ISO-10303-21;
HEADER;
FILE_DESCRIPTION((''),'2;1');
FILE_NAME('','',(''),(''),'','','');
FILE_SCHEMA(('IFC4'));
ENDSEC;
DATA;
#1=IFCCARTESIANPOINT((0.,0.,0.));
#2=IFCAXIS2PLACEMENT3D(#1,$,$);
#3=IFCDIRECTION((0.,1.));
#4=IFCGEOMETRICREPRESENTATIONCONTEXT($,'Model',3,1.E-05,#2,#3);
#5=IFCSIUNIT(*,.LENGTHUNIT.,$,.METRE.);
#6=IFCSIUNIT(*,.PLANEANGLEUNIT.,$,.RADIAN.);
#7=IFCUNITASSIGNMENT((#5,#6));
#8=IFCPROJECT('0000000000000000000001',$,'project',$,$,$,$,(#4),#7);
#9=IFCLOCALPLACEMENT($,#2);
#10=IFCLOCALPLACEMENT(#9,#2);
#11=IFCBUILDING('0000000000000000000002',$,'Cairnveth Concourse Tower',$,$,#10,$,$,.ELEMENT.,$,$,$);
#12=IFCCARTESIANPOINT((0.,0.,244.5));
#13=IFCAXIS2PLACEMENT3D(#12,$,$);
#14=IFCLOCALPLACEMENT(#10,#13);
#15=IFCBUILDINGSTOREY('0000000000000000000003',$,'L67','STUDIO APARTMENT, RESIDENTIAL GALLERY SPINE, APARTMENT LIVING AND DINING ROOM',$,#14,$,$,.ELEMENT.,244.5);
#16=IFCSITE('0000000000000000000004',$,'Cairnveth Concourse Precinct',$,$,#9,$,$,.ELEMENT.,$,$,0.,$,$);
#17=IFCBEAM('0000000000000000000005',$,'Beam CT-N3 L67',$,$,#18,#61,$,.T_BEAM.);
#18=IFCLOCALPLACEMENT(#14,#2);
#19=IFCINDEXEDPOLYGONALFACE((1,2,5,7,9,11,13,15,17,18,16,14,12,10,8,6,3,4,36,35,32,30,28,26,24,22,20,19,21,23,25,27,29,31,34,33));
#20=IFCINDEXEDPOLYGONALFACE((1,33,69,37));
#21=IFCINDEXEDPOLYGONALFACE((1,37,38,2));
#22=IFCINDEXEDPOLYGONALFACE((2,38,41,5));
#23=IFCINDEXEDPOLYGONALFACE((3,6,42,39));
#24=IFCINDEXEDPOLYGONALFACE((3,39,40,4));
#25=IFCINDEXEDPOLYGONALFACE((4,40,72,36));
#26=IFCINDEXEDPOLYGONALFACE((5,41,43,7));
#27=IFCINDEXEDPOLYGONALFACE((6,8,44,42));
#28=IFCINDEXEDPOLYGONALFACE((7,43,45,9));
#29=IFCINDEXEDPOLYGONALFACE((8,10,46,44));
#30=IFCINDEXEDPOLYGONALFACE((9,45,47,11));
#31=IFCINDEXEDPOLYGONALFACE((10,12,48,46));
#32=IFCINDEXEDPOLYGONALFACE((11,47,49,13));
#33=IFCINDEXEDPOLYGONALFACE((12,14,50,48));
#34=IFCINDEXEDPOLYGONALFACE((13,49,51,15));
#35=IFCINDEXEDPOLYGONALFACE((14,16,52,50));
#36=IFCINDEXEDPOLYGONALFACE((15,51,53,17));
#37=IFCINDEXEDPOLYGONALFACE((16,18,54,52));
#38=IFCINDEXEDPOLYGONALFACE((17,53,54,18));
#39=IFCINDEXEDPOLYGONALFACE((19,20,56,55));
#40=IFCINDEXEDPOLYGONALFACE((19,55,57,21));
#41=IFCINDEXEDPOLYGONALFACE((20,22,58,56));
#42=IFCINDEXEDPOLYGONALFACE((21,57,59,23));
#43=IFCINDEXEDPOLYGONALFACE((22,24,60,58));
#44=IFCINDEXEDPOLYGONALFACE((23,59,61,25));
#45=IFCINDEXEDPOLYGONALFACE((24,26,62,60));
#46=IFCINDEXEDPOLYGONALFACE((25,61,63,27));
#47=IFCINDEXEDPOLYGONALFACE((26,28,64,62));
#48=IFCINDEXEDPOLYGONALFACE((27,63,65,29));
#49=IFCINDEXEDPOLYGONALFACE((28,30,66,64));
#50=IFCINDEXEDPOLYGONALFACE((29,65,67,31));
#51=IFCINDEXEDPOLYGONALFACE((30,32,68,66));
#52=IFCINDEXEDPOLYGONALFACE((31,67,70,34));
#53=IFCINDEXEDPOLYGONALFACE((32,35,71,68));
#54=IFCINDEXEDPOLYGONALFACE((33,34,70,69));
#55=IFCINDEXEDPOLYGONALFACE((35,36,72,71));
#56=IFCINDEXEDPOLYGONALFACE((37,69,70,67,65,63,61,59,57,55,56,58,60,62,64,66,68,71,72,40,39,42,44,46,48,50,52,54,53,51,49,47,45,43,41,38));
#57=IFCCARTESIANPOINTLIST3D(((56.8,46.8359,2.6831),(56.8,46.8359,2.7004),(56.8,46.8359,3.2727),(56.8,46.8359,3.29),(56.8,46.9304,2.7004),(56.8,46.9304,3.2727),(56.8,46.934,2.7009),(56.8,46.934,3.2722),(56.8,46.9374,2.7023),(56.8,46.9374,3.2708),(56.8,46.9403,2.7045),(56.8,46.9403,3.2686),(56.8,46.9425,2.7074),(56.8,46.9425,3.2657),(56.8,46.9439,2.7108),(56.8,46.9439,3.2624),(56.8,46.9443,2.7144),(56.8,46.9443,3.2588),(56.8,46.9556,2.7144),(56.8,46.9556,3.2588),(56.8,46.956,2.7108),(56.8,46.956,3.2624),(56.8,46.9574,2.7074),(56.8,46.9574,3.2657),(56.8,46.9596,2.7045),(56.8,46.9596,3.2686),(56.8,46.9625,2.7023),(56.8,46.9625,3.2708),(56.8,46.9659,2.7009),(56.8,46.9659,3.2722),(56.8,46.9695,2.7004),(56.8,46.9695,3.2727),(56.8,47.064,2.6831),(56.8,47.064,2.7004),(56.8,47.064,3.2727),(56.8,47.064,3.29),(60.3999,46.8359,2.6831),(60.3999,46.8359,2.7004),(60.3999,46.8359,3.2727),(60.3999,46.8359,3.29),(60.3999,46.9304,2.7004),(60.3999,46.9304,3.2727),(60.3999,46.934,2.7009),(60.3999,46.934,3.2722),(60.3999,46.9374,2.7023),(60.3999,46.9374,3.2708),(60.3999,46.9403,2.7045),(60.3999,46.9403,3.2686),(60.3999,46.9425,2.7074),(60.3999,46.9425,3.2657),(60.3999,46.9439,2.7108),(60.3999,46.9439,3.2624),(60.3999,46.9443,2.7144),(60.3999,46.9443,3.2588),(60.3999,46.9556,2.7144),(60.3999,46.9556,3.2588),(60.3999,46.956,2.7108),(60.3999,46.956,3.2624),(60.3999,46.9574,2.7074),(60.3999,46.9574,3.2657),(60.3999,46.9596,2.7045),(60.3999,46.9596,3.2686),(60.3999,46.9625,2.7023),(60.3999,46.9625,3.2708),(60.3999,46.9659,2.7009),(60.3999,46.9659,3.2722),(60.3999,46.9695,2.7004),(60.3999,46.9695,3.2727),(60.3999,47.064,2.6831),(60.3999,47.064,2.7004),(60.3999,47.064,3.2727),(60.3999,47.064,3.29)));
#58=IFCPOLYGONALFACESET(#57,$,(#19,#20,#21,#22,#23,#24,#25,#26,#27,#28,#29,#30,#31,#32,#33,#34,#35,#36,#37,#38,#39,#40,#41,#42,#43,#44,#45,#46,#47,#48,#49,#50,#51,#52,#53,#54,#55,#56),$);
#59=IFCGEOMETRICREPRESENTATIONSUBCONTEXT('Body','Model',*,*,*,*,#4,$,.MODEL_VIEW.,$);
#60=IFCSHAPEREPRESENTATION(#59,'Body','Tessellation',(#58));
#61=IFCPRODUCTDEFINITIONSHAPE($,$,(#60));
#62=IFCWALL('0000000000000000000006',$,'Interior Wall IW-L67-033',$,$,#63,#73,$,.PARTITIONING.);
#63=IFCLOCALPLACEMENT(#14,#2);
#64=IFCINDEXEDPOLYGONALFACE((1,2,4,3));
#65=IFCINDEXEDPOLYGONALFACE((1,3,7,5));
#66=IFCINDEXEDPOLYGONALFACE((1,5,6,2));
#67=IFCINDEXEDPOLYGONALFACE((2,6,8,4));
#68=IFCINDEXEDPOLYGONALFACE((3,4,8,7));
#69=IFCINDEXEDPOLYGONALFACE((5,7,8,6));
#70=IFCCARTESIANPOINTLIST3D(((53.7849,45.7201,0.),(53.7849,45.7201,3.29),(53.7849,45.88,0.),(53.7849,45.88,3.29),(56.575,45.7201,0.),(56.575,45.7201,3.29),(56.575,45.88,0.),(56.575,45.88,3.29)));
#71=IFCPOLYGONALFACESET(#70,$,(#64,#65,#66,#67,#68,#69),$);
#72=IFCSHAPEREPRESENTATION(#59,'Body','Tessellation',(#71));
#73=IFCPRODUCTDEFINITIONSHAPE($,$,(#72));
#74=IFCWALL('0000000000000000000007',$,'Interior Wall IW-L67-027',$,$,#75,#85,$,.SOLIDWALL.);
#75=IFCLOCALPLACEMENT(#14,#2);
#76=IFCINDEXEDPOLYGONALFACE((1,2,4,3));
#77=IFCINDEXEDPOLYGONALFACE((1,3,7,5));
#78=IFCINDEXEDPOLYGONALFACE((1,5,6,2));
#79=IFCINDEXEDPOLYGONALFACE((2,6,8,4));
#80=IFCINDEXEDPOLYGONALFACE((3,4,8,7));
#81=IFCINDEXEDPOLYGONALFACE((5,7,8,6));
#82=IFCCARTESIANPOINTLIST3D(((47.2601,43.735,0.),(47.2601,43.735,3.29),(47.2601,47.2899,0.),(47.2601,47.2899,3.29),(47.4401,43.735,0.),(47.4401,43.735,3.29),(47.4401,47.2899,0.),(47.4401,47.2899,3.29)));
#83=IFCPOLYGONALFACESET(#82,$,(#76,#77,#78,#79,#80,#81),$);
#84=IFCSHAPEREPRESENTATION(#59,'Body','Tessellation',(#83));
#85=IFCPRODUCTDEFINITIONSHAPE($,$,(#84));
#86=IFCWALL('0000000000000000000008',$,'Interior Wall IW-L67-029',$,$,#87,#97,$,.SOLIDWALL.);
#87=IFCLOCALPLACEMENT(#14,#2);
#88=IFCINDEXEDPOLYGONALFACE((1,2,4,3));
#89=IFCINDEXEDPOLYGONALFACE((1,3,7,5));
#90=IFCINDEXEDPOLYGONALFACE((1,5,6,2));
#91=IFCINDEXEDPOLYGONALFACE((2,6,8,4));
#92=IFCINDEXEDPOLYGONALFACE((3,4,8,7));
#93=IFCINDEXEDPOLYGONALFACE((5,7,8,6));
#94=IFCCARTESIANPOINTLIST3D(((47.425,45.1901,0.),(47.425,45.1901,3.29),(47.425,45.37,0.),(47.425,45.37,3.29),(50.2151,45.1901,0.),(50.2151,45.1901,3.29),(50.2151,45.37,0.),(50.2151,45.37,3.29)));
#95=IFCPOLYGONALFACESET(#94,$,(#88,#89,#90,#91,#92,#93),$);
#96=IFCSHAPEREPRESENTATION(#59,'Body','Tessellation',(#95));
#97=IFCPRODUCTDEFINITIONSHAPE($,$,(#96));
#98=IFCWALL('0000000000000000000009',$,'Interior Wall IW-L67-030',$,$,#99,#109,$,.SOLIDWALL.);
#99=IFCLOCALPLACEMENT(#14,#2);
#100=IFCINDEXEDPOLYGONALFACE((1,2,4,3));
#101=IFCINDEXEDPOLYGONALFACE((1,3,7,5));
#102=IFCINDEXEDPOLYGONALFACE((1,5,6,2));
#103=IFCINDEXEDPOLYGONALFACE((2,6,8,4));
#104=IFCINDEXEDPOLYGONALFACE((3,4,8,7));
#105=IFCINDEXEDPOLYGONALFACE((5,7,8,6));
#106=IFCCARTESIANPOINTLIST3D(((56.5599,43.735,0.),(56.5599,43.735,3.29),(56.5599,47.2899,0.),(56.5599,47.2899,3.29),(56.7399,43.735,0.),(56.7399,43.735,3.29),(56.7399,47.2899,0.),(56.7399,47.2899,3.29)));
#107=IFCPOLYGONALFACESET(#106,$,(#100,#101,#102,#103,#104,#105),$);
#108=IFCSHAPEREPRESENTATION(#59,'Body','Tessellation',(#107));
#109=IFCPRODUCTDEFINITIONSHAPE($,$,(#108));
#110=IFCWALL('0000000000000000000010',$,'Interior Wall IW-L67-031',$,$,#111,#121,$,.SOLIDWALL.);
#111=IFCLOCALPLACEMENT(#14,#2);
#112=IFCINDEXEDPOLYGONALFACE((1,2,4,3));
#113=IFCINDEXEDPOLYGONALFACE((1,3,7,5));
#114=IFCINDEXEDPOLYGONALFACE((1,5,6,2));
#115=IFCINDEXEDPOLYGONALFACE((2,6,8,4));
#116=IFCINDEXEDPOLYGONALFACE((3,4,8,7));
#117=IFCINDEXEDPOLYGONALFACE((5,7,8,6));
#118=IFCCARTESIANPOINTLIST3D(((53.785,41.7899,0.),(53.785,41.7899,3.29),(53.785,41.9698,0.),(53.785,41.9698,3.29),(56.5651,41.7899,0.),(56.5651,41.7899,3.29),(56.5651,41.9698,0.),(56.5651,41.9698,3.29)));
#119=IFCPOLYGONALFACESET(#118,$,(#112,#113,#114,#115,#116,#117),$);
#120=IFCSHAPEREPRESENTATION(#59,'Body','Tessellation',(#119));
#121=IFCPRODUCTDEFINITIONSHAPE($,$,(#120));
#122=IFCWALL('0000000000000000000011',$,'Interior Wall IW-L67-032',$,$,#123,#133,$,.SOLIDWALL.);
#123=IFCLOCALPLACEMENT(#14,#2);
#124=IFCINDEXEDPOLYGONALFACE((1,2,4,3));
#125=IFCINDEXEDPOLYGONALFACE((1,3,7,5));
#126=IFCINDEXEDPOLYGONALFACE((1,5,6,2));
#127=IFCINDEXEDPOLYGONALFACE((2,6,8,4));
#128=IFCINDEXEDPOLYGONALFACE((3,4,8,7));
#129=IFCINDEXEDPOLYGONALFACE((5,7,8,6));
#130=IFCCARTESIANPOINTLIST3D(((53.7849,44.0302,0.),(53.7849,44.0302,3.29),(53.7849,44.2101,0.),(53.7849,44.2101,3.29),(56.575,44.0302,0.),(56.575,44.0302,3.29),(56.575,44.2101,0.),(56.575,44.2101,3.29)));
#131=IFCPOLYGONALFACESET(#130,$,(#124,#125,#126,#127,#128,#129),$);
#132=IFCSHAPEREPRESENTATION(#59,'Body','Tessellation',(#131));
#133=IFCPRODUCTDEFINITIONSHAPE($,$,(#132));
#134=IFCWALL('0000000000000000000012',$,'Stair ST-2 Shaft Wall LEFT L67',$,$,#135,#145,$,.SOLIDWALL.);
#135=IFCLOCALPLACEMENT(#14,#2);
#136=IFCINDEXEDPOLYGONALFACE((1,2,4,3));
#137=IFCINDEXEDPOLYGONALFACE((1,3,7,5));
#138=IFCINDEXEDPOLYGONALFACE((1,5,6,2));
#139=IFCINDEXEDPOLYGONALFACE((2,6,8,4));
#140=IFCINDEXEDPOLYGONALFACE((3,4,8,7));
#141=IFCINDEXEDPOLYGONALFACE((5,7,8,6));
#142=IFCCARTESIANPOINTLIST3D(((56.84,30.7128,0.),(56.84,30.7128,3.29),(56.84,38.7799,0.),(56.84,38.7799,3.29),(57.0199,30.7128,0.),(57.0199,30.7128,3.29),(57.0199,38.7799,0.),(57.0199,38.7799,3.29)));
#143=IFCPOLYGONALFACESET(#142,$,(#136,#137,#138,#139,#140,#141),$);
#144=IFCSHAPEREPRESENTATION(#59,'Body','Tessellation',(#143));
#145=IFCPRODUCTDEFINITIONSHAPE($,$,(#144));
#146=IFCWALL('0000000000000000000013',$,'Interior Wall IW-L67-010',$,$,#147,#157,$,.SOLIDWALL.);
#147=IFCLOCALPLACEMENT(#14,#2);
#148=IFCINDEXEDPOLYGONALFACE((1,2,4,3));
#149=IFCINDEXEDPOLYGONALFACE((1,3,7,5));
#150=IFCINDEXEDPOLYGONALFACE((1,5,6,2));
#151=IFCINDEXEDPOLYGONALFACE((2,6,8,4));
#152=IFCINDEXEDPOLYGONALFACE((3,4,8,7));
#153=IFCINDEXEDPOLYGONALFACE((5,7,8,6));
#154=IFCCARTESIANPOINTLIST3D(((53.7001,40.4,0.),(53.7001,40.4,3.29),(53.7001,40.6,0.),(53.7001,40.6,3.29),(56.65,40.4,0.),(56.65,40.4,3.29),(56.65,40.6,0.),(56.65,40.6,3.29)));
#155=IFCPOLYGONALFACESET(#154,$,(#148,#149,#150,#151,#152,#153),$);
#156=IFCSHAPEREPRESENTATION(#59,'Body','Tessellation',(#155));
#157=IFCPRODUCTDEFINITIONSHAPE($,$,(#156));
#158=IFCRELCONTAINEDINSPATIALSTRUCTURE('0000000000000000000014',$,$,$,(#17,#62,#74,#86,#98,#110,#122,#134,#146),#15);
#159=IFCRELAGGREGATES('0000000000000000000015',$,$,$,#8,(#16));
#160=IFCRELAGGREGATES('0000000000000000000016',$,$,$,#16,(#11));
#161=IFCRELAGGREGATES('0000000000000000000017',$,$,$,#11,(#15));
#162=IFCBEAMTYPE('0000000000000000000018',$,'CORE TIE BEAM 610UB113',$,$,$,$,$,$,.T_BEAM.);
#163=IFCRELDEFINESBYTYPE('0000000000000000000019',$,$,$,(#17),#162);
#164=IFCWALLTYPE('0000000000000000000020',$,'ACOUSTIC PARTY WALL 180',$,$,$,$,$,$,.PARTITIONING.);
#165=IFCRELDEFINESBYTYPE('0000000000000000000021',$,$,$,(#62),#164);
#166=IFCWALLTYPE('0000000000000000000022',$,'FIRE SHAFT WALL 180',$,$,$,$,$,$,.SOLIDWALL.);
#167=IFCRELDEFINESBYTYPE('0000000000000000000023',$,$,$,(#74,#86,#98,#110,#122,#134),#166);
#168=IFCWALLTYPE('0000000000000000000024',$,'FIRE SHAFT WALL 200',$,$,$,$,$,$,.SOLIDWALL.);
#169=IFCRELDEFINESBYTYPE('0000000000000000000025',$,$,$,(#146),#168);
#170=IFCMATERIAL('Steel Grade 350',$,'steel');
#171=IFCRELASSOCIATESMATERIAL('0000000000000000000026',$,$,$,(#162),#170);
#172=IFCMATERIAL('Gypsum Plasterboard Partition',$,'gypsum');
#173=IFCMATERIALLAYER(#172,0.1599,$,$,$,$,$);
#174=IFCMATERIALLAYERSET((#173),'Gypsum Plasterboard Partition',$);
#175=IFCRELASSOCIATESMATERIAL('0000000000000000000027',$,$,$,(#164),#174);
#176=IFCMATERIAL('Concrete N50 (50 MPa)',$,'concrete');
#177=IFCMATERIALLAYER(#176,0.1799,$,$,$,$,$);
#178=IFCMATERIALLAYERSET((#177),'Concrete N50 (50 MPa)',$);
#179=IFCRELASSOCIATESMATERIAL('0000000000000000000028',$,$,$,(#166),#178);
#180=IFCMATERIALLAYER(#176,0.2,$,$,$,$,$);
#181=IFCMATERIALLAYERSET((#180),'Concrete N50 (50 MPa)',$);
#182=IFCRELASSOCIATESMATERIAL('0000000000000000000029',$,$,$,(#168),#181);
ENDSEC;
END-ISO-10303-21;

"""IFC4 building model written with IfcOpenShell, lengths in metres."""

from ifc_helpers import new_model, si_unit, direction, frame, frame_2d, origin, origin_2d, place, context, subcontext, project, spatial, rectangle, i_section, extrude, material, layer, layer_set, material_profile, profile_set, type_object, element, save


model = new_model("IFC4")

# Units and contexts
model_context = context("Model", 3, precision=1e-05, world=origin(), true_north=direction((0.0, 1.0)))
body_context = subcontext(model_context, "Body", "Model", "MODEL_VIEW")
ifc_project = project(units=[si_unit("LENGTHUNIT", "METRE"), si_unit("PLANEANGLEUNIT", "RADIAN")], contexts=[model_context])

# Site, building, storey
site_placement = place(None, origin())
site = spatial("IfcSite", under=ifc_project, at=site_placement, Name="Cairnveth Concourse Precinct", CompositionType="ELEMENT", RefElevation=0.0)
building_placement = place(site_placement, origin())
building = spatial("IfcBuilding", under=site, at=building_placement, Name="Cairnveth Concourse Tower", CompositionType="ELEMENT")
storey_placement = place(building_placement, frame((0.0, 0.0, 244.5)))
storey = spatial("IfcBuildingStorey", under=building, at=storey_placement, Name="L67", Description="STUDIO APARTMENT, RESIDENTIAL GALLERY SPINE, APARTMENT LIVING AND DINING ROOM", CompositionType="ELEMENT", Elevation=244.5)

# Beam
ifc_material_1 = material(Name="Steel Grade 350", Category="steel")
ifc_material_profile = material_profile(ifc_material_1, i_section(OverallWidth=0.228, OverallDepth=0.6069, WebThickness=0.0112, FlangeThickness=0.0173, FilletRadius=0.0139, at=origin_2d()), Name="610UB113")
ifc_profile_set = profile_set([ifc_material_profile], Name="Steel Grade 350")
beam_type = type_object("IfcBeamType", Name="CORE TIE BEAM 610UB113", PredefinedType="T_BEAM", material=ifc_profile_set)
beam_placement = place(storey_placement, frame((56.8, 46.95, 2.9866), z_axis=(1.0, 0.0, 0.0), x_axis=(0.0, 1.0, 0.0)))
element("IfcBeam", 1, at=beam_placement, inside=storey, type_object=beam_type, Name="Beam CT-N3 L67", PredefinedType="T_BEAM", context=body_context, shape_type="SweptSolid", body=[
    extrude(i_section(OverallWidth=0.228, OverallDepth=0.6069, WebThickness=0.0112, FlangeThickness=0.0173, FilletRadius=0.0139, at=origin_2d()), origin(), (0.0, 0.0, 1.0), 3.5999),
])

# Walls
ifc_material_2 = material(Name="Gypsum Plasterboard Partition", Category="gypsum")
ifc_layer_1 = layer(ifc_material_2, 0.1599)
ifc_layer_set_1 = layer_set([ifc_layer_1], Name="Gypsum Plasterboard Partition")
wall_type_1 = type_object("IfcWallType", Name="ACOUSTIC PARTY WALL 180", PredefinedType="PARTITIONING", material=ifc_layer_set_1)
wall_1_placement = place(storey_placement, frame((53.7849, 45.8, 0.0), z_axis=(0.0, 0.0, 1.0), x_axis=(1.0, 0.0, 0.0)))
element("IfcWall", 2, at=wall_1_placement, inside=storey, type_object=wall_type_1, Name="Interior Wall IW-L67-033", PredefinedType="PARTITIONING", context=body_context, shape_type="SweptSolid", body=[
    extrude(rectangle(XDim=2.79, YDim=0.1599, at=frame_2d((1.395, 0.0))), origin(), (0.0, 0.0, 1.0), 3.29),
])
ifc_material_3 = material(Name="Concrete N50 (50 MPa)", Category="concrete")
ifc_layer_2 = layer(ifc_material_3, 0.1799)
ifc_layer_set_2 = layer_set([ifc_layer_2], Name="Concrete N50 (50 MPa)")
wall_type_2 = type_object("IfcWallType", Name="FIRE SHAFT WALL 180", PredefinedType="SOLIDWALL", material=ifc_layer_set_2)
wall_2_placement = place(storey_placement, frame((47.3501, 43.7351, 0.0), z_axis=(0.0, 0.0, 1.0), x_axis=(0.0, 1.0, 0.0)))
element("IfcWall", 3, at=wall_2_placement, inside=storey, type_object=wall_type_2, Name="Interior Wall IW-L67-027", PredefinedType="SOLIDWALL", context=body_context, shape_type="SweptSolid", body=[
    extrude(rectangle(XDim=3.5549, YDim=0.1799, at=frame_2d((1.7773, 0.0))), origin(), (0.0, 0.0, 1.0), 3.29),
])
wall_3_placement = place(storey_placement, frame((47.425, 45.28, 0.0), z_axis=(0.0, 0.0, 1.0), x_axis=(1.0, 0.0, 0.0)))
element("IfcWall", 4, at=wall_3_placement, inside=storey, type_object=wall_type_2, Name="Interior Wall IW-L67-029", PredefinedType="SOLIDWALL", context=body_context, shape_type="SweptSolid", body=[
    extrude(rectangle(XDim=2.79, YDim=0.1799, at=frame_2d((1.395, 0.0))), origin(), (0.0, 0.0, 1.0), 3.29),
])
wall_4_placement = place(storey_placement, frame((56.6499, 43.7351, 0.0), z_axis=(0.0, 0.0, 1.0), x_axis=(0.0, 1.0, 0.0)))
element("IfcWall", 5, at=wall_4_placement, inside=storey, type_object=wall_type_2, Name="Interior Wall IW-L67-030", PredefinedType="SOLIDWALL", context=body_context, shape_type="SweptSolid", body=[
    extrude(rectangle(XDim=3.5549, YDim=0.1799, at=frame_2d((1.7773, 0.0))), origin(), (0.0, 0.0, 1.0), 3.29),
])
wall_5_placement = place(storey_placement, frame((53.7849, 41.8799, 0.0), z_axis=(0.0, 0.0, 1.0), x_axis=(1.0, 0.0, 0.0)))
element("IfcWall", 6, at=wall_5_placement, inside=storey, type_object=wall_type_2, Name="Interior Wall IW-L67-031", PredefinedType="SOLIDWALL", context=body_context, shape_type="SweptSolid", body=[
    extrude(rectangle(XDim=2.78, YDim=0.1799, at=frame_2d((1.3901, 0.0))), origin(), (0.0, 0.0, 1.0), 3.29),
])
wall_6_placement = place(storey_placement, frame((53.7849, 44.1201, 0.0), z_axis=(0.0, 0.0, 1.0), x_axis=(1.0, 0.0, 0.0)))
element("IfcWall", 7, at=wall_6_placement, inside=storey, type_object=wall_type_2, Name="Interior Wall IW-L67-032", PredefinedType="SOLIDWALL", context=body_context, shape_type="SweptSolid", body=[
    extrude(rectangle(XDim=2.79, YDim=0.1799, at=frame_2d((1.395, 0.0))), origin(), (0.0, 0.0, 1.0), 3.29),
])
wall_7_placement = place(storey_placement, frame((56.9299, 38.78, 0.0), z_axis=(0.0, 0.0, 1.0), x_axis=(0.0, -1.0, 0.0)))
element("IfcWall", 8, at=wall_7_placement, inside=storey, type_object=wall_type_2, Name="Stair ST-2 Shaft Wall LEFT L67", PredefinedType="SOLIDWALL", context=body_context, shape_type="SweptSolid", body=[
    extrude(rectangle(XDim=8.0671, YDim=0.1799, at=frame_2d((4.0337, 0.0))), origin(), (0.0, 0.0, 1.0), 3.29),
])
ifc_layer_3 = layer(ifc_material_3, 0.2)
ifc_layer_set_3 = layer_set([ifc_layer_3], Name="Concrete N50 (50 MPa)")
wall_type_3 = type_object("IfcWallType", Name="FIRE SHAFT WALL 200", PredefinedType="SOLIDWALL", material=ifc_layer_set_3)
wall_8_placement = place(storey_placement, frame((53.7, 40.5, 0.0), z_axis=(0.0, 0.0, 1.0), x_axis=(1.0, 0.0, 0.0)))
element("IfcWall", 9, at=wall_8_placement, inside=storey, type_object=wall_type_3, Name="Interior Wall IW-L67-010", PredefinedType="SOLIDWALL", context=body_context, shape_type="SweptSolid", body=[
    extrude(rectangle(XDim=2.95, YDim=0.2, at=frame_2d((1.4751, 0.0))), origin(), (0.0, 0.0, 1.0), 3.29),
])

save(model, "model.ifc")
